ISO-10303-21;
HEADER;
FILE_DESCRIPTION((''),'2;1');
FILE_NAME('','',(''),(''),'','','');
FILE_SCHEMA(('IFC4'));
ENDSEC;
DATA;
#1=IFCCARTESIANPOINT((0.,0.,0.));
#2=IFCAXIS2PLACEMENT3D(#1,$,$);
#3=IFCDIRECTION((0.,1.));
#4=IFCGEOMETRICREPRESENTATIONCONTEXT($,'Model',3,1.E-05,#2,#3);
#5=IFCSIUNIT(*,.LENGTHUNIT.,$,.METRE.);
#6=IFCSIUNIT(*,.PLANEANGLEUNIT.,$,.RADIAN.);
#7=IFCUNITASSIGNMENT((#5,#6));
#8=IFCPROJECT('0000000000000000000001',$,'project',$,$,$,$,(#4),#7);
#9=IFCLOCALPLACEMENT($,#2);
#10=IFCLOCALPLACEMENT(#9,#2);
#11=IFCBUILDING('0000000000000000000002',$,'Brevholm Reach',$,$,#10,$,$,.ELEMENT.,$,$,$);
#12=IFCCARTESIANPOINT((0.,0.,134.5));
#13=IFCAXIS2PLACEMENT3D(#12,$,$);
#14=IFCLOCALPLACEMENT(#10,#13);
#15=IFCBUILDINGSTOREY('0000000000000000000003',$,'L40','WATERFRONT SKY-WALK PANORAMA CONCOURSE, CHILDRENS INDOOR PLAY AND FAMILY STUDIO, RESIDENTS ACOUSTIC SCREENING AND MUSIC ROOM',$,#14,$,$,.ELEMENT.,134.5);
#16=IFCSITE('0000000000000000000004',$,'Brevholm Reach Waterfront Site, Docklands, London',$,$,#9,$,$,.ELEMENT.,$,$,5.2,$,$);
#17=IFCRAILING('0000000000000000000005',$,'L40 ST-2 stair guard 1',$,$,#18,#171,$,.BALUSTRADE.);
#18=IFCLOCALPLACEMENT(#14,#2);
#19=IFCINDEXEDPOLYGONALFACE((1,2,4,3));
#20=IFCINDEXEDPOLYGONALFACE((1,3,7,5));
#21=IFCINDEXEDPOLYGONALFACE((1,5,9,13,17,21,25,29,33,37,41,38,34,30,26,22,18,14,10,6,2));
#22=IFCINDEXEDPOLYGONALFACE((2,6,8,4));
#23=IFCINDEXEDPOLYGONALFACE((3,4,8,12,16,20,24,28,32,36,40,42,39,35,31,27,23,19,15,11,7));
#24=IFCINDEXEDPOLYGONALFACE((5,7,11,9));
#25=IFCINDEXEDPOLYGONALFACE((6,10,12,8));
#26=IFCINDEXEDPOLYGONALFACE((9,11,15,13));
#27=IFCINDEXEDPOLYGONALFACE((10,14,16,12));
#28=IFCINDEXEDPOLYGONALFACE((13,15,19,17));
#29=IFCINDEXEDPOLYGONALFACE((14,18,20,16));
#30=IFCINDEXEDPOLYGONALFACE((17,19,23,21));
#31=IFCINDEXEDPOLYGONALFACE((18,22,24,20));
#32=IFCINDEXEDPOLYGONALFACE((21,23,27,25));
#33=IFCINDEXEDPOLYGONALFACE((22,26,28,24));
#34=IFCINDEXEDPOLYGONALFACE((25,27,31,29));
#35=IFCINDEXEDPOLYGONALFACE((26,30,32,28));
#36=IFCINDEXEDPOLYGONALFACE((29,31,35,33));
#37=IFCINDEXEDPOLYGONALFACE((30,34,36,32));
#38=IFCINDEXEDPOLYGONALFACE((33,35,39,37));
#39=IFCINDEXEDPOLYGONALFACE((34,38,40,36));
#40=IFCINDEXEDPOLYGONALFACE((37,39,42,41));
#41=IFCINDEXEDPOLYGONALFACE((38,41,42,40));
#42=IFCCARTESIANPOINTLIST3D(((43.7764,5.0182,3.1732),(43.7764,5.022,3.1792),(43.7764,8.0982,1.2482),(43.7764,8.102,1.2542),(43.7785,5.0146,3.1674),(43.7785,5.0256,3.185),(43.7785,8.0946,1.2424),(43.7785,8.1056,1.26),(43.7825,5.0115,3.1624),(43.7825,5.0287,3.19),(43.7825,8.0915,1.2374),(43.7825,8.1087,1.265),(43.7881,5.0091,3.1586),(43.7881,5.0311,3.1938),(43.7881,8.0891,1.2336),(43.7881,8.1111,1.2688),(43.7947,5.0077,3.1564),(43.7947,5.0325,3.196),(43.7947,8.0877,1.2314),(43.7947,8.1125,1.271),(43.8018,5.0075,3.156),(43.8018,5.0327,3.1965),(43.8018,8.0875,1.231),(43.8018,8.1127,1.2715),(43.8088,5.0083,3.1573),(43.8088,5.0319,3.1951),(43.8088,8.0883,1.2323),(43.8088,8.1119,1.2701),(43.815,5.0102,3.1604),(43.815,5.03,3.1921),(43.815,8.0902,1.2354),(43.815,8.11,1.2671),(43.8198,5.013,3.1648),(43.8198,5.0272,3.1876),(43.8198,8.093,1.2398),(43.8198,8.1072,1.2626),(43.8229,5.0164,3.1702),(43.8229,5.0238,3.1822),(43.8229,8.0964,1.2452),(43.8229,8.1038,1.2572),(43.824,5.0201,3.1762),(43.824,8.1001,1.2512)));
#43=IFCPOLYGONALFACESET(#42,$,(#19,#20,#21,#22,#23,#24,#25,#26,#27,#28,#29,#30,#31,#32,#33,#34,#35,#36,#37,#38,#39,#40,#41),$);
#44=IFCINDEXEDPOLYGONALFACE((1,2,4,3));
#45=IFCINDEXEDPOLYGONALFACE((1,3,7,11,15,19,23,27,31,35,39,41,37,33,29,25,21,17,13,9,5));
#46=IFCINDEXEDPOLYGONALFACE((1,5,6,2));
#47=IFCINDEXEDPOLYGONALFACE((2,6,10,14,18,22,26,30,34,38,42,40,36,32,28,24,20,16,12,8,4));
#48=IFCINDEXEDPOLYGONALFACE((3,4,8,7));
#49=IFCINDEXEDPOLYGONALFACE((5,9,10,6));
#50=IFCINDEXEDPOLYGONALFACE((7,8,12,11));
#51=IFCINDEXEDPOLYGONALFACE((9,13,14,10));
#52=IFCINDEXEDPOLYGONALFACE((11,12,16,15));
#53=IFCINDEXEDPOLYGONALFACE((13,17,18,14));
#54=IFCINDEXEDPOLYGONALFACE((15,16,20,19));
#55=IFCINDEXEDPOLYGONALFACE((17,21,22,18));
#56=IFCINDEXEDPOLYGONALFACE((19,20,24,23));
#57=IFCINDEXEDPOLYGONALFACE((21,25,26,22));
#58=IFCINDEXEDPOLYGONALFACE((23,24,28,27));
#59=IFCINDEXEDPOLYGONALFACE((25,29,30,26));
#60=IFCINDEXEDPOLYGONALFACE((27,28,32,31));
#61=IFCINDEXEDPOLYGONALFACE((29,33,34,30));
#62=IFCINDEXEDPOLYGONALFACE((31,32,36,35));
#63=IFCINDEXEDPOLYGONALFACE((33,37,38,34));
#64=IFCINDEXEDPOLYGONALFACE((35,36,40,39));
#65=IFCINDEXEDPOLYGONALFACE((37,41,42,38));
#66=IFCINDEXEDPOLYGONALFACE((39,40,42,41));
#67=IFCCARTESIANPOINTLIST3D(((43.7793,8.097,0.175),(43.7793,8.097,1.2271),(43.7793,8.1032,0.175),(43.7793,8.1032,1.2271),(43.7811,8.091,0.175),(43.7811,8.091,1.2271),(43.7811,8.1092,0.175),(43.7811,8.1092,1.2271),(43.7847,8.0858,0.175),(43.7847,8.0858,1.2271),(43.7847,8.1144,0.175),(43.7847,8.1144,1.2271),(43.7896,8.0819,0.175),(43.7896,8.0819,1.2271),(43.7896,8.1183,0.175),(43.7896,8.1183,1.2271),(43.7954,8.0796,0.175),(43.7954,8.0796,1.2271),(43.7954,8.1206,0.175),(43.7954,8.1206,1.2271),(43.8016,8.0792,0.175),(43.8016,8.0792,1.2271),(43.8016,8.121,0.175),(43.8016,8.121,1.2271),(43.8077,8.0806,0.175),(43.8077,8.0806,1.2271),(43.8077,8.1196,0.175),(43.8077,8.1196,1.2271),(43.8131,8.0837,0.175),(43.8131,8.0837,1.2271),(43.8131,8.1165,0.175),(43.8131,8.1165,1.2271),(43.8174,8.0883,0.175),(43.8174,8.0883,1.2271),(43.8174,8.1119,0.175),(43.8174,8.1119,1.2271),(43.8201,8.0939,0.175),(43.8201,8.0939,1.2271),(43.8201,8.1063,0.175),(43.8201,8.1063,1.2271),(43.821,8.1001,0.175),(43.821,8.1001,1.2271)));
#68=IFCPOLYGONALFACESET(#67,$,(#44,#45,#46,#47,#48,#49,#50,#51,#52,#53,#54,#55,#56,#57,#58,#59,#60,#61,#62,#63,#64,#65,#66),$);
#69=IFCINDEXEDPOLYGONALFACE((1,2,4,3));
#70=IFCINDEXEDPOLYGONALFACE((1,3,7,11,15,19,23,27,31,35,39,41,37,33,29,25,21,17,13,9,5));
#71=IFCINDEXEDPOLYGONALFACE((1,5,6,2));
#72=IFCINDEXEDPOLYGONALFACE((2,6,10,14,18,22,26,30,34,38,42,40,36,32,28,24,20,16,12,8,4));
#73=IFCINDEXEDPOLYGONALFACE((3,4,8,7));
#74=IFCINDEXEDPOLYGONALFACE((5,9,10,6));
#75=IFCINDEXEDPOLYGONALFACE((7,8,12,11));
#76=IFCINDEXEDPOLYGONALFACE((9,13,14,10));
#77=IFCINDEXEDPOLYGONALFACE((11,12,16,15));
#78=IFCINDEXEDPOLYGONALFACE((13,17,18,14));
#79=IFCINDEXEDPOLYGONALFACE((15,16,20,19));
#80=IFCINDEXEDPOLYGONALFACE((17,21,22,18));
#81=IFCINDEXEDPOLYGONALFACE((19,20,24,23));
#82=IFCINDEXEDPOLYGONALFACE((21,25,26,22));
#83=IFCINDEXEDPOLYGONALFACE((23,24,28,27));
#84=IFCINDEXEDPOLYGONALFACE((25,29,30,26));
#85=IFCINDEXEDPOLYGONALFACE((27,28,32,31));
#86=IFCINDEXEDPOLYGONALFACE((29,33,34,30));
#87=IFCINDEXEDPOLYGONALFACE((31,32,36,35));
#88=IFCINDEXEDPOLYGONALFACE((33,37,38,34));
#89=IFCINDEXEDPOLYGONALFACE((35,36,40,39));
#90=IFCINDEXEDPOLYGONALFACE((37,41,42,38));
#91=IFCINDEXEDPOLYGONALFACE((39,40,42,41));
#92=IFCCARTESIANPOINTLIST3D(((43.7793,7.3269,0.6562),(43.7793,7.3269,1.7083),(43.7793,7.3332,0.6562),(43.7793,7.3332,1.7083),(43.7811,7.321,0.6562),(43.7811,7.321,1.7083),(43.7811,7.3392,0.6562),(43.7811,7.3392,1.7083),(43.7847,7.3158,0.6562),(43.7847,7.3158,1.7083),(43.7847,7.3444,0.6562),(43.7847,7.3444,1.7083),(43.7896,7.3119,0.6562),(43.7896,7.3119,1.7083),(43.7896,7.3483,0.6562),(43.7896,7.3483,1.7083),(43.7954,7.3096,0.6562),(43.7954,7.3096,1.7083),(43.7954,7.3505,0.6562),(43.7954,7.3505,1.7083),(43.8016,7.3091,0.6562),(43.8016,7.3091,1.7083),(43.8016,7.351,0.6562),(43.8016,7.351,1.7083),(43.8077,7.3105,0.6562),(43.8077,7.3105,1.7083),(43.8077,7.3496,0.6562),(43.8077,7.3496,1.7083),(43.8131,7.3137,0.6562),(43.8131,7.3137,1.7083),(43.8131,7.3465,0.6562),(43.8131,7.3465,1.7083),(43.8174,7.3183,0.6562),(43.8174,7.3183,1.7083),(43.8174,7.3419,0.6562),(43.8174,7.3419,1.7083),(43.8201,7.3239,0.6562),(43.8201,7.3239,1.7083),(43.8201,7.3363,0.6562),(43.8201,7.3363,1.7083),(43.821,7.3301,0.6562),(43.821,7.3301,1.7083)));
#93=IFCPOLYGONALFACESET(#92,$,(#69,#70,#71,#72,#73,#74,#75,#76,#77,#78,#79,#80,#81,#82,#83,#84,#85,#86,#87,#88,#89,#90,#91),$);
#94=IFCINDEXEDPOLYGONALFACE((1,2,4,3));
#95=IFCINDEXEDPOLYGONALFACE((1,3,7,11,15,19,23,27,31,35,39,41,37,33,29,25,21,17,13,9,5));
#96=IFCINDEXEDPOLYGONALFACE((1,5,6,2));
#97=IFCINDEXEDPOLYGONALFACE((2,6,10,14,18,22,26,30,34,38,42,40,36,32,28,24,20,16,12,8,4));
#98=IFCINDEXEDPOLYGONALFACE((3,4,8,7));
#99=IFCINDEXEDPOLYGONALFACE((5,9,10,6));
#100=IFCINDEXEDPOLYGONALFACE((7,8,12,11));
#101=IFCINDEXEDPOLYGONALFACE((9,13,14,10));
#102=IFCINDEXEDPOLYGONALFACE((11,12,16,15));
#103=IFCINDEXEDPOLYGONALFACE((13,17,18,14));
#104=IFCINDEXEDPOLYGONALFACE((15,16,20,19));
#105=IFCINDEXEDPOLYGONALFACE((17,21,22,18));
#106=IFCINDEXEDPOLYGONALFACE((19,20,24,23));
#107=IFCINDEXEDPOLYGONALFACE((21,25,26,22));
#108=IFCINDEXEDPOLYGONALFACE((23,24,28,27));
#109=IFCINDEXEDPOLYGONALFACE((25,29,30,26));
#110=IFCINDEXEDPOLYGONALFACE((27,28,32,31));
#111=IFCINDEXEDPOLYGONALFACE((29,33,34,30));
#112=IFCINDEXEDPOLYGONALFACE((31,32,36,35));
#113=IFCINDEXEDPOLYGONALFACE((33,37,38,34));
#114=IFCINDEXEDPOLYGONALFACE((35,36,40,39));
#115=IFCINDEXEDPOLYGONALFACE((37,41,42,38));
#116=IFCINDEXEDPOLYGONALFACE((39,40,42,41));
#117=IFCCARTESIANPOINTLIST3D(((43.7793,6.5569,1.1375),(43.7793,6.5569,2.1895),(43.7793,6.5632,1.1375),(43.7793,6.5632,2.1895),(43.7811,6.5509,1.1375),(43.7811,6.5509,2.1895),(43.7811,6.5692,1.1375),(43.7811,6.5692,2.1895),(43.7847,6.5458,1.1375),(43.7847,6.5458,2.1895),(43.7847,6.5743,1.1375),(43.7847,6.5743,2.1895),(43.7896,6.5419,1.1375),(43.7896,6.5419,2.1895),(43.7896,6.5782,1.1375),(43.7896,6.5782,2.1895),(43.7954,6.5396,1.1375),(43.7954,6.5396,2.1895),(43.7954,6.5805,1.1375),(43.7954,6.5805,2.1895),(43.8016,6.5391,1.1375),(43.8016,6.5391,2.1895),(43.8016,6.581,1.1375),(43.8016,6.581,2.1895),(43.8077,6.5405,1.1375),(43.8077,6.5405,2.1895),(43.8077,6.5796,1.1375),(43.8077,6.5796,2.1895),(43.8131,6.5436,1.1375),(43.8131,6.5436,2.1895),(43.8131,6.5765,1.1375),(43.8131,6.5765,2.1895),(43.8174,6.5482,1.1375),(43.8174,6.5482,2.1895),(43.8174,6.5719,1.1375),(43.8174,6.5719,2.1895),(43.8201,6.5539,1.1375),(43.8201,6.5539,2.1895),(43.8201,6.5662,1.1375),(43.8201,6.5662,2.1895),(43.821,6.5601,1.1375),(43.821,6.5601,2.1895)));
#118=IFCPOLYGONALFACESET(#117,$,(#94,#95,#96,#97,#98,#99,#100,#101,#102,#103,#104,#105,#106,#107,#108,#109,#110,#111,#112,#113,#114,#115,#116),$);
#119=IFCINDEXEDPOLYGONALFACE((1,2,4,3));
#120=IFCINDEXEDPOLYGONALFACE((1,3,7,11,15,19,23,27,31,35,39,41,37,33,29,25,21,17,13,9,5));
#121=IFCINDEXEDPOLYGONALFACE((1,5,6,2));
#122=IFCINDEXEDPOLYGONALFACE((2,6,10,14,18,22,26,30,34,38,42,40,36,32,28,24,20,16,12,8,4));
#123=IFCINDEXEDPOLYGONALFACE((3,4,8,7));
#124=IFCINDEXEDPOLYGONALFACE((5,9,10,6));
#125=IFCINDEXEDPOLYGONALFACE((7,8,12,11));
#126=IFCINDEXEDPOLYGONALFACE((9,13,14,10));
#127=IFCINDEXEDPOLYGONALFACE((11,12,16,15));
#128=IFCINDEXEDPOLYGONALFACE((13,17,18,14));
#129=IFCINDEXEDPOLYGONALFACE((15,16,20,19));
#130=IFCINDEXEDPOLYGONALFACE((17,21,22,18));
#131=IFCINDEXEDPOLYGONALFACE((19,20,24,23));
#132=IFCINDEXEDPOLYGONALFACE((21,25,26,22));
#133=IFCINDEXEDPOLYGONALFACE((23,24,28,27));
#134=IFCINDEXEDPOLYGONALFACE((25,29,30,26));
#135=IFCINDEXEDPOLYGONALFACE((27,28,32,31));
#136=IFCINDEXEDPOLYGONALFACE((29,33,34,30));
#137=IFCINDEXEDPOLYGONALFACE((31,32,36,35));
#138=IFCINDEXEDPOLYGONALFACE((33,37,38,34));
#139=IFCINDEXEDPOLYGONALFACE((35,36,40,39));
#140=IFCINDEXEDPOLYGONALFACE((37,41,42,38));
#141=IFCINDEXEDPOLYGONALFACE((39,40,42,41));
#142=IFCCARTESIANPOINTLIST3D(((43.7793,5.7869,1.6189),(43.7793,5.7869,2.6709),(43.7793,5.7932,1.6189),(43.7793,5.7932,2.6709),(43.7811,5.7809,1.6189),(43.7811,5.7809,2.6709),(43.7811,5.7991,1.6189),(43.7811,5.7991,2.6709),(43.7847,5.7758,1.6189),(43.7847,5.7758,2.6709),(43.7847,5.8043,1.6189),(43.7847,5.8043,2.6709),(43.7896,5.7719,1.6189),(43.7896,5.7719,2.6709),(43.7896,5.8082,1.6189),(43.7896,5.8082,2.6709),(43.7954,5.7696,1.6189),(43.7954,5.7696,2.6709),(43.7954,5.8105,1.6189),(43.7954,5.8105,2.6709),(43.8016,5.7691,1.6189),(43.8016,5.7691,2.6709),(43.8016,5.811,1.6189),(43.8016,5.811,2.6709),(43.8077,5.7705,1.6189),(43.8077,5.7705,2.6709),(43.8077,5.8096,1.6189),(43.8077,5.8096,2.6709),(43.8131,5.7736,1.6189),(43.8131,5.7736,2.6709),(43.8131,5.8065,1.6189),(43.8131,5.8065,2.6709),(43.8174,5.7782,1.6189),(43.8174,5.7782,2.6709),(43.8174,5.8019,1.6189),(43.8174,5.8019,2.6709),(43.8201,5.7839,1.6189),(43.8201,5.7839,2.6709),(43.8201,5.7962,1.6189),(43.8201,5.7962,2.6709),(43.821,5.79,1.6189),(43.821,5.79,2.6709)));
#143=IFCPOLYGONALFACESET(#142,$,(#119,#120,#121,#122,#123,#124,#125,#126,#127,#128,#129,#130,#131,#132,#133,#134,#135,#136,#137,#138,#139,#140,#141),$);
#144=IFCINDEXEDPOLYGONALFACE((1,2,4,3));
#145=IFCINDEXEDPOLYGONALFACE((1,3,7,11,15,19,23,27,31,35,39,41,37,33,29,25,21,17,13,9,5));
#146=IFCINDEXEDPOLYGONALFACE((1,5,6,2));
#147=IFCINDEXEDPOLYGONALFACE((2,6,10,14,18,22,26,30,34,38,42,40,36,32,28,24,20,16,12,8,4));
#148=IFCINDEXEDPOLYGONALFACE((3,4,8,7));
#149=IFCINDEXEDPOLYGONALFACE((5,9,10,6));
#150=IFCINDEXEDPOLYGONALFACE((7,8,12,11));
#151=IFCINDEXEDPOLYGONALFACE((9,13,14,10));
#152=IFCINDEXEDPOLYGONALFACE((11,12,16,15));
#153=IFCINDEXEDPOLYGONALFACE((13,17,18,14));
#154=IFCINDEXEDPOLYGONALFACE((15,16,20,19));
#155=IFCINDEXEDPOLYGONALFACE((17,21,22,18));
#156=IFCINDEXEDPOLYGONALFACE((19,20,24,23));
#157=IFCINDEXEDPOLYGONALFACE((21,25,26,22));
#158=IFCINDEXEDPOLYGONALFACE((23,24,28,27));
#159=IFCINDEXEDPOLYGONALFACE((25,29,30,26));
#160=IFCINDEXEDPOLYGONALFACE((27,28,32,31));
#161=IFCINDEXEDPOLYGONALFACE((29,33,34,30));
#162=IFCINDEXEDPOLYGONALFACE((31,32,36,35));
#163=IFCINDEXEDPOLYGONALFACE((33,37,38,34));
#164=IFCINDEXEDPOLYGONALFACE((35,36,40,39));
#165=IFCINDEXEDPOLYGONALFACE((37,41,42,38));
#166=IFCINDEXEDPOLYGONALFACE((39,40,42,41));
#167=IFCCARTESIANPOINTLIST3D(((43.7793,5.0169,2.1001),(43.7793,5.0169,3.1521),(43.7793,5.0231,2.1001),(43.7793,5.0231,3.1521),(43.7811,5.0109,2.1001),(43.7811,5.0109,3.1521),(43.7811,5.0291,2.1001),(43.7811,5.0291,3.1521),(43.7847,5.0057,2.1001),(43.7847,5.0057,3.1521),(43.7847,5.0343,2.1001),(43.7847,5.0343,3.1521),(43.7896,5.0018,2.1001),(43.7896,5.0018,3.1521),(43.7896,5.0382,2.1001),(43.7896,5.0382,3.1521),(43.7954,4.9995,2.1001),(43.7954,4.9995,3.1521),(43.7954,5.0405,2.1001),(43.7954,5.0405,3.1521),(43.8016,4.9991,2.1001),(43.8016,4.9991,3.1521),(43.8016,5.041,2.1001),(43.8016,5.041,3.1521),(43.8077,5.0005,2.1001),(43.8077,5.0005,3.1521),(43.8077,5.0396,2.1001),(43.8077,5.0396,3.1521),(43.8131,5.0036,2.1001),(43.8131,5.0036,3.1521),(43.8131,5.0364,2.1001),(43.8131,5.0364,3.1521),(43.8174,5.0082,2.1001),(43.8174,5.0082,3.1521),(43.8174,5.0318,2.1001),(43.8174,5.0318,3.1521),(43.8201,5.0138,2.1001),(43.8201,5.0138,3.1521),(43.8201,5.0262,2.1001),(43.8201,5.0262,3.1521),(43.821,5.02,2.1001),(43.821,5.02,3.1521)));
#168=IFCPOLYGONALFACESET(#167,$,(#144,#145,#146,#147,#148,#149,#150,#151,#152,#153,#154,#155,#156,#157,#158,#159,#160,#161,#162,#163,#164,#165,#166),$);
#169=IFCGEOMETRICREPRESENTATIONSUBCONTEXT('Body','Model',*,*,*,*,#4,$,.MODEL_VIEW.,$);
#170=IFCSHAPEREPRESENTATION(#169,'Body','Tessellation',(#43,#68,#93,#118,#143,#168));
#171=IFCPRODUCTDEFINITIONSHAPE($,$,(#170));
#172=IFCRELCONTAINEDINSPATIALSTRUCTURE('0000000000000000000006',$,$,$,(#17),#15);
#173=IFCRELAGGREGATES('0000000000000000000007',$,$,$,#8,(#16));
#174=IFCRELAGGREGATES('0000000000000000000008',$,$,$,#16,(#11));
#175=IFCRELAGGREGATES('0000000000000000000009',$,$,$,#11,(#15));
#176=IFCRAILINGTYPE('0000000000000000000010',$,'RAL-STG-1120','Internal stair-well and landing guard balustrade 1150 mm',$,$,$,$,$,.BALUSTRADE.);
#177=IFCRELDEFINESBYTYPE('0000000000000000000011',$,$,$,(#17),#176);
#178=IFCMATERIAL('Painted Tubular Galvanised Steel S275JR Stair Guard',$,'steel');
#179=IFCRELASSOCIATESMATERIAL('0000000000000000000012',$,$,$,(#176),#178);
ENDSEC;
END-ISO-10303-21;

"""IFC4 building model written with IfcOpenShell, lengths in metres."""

from ifc_helpers import new_model, si_unit, direction, frame, origin, origin_2d, place, context, subcontext, project, spatial, circle, extrude, material, type_object, element, save


model = new_model("IFC4")

# Units and contexts
model_context = context("Model", 3, precision=1e-05, world=origin(), true_north=direction((0.0, 1.0)))
body_context = subcontext(model_context, "Body", "Model", "MODEL_VIEW")
ifc_project = project(units=[si_unit("LENGTHUNIT", "METRE"), si_unit("PLANEANGLEUNIT", "RADIAN")], contexts=[model_context])

# Site, building, storey
site_placement = place(None, origin())
site = spatial("IfcSite", under=ifc_project, at=site_placement, Name="Brevholm Reach Waterfront Site, Docklands, London", CompositionType="ELEMENT", RefElevation=5.2)
building_placement = place(site_placement, origin())
building = spatial("IfcBuilding", under=site, at=building_placement, Name="Brevholm Reach", CompositionType="ELEMENT")
storey_placement = place(building_placement, frame((0.0, 0.0, 134.5)))
storey = spatial("IfcBuildingStorey", under=building, at=storey_placement, Name="L40", Description="WATERFRONT SKY-WALK PANORAMA CONCOURSE, CHILDRENS INDOOR PLAY AND FAMILY STUDIO, RESIDENTS ACOUSTIC SCREENING AND MUSIC ROOM", CompositionType="ELEMENT", Elevation=134.5)

# Railing
ifc_material_1 = material(Name="Painted Tubular Galvanised Steel S275JR Stair Guard", Category="steel")
railing_type_1 = type_object("IfcRailingType", Name="RAL-STG-1120", Description="Internal stair-well and landing guard balustrade 1150 mm", PredefinedType="BALUSTRADE", material=ifc_material_1)
railing_1_placement = place(storey_placement, frame((43.8, 8.1001, 0.175)))
element("IfcRailing", 1, at=railing_1_placement, inside=storey, type_object=railing_type_1, Name="L40 ST-2 stair guard 1", PredefinedType="BALUSTRADE", context=body_context, shape_type="SweptSolid", body=[
    extrude(circle(Radius=0.0239, at=origin_2d()), frame((0.0, 0.0, 1.0762), z_axis=(0.0, -0.847998, 0.529999), x_axis=(1.0, 0.0, 0.0)), (0.0, 0.0, 1.0), 3.6321),
    extrude(circle(Radius=0.021, at=origin_2d()), origin(), (0.0, 0.0, 1.0), 1.052),
    extrude(circle(Radius=0.021, at=origin_2d()), frame((0.0, -0.77, 0.4812)), (0.0, 0.0, 1.0), 1.052),
    extrude(circle(Radius=0.021, at=origin_2d()), frame((0.0, -1.54, 0.9624)), (0.0, 0.0, 1.0), 1.052),
    extrude(circle(Radius=0.021, at=origin_2d()), frame((0.0, -2.3101, 1.4438)), (0.0, 0.0, 1.0), 1.052),
    extrude(circle(Radius=0.021, at=origin_2d()), frame((0.0, -3.0801, 1.925)), (0.0, 0.0, 1.0), 1.052),
])

save(model, "model.ifc")
